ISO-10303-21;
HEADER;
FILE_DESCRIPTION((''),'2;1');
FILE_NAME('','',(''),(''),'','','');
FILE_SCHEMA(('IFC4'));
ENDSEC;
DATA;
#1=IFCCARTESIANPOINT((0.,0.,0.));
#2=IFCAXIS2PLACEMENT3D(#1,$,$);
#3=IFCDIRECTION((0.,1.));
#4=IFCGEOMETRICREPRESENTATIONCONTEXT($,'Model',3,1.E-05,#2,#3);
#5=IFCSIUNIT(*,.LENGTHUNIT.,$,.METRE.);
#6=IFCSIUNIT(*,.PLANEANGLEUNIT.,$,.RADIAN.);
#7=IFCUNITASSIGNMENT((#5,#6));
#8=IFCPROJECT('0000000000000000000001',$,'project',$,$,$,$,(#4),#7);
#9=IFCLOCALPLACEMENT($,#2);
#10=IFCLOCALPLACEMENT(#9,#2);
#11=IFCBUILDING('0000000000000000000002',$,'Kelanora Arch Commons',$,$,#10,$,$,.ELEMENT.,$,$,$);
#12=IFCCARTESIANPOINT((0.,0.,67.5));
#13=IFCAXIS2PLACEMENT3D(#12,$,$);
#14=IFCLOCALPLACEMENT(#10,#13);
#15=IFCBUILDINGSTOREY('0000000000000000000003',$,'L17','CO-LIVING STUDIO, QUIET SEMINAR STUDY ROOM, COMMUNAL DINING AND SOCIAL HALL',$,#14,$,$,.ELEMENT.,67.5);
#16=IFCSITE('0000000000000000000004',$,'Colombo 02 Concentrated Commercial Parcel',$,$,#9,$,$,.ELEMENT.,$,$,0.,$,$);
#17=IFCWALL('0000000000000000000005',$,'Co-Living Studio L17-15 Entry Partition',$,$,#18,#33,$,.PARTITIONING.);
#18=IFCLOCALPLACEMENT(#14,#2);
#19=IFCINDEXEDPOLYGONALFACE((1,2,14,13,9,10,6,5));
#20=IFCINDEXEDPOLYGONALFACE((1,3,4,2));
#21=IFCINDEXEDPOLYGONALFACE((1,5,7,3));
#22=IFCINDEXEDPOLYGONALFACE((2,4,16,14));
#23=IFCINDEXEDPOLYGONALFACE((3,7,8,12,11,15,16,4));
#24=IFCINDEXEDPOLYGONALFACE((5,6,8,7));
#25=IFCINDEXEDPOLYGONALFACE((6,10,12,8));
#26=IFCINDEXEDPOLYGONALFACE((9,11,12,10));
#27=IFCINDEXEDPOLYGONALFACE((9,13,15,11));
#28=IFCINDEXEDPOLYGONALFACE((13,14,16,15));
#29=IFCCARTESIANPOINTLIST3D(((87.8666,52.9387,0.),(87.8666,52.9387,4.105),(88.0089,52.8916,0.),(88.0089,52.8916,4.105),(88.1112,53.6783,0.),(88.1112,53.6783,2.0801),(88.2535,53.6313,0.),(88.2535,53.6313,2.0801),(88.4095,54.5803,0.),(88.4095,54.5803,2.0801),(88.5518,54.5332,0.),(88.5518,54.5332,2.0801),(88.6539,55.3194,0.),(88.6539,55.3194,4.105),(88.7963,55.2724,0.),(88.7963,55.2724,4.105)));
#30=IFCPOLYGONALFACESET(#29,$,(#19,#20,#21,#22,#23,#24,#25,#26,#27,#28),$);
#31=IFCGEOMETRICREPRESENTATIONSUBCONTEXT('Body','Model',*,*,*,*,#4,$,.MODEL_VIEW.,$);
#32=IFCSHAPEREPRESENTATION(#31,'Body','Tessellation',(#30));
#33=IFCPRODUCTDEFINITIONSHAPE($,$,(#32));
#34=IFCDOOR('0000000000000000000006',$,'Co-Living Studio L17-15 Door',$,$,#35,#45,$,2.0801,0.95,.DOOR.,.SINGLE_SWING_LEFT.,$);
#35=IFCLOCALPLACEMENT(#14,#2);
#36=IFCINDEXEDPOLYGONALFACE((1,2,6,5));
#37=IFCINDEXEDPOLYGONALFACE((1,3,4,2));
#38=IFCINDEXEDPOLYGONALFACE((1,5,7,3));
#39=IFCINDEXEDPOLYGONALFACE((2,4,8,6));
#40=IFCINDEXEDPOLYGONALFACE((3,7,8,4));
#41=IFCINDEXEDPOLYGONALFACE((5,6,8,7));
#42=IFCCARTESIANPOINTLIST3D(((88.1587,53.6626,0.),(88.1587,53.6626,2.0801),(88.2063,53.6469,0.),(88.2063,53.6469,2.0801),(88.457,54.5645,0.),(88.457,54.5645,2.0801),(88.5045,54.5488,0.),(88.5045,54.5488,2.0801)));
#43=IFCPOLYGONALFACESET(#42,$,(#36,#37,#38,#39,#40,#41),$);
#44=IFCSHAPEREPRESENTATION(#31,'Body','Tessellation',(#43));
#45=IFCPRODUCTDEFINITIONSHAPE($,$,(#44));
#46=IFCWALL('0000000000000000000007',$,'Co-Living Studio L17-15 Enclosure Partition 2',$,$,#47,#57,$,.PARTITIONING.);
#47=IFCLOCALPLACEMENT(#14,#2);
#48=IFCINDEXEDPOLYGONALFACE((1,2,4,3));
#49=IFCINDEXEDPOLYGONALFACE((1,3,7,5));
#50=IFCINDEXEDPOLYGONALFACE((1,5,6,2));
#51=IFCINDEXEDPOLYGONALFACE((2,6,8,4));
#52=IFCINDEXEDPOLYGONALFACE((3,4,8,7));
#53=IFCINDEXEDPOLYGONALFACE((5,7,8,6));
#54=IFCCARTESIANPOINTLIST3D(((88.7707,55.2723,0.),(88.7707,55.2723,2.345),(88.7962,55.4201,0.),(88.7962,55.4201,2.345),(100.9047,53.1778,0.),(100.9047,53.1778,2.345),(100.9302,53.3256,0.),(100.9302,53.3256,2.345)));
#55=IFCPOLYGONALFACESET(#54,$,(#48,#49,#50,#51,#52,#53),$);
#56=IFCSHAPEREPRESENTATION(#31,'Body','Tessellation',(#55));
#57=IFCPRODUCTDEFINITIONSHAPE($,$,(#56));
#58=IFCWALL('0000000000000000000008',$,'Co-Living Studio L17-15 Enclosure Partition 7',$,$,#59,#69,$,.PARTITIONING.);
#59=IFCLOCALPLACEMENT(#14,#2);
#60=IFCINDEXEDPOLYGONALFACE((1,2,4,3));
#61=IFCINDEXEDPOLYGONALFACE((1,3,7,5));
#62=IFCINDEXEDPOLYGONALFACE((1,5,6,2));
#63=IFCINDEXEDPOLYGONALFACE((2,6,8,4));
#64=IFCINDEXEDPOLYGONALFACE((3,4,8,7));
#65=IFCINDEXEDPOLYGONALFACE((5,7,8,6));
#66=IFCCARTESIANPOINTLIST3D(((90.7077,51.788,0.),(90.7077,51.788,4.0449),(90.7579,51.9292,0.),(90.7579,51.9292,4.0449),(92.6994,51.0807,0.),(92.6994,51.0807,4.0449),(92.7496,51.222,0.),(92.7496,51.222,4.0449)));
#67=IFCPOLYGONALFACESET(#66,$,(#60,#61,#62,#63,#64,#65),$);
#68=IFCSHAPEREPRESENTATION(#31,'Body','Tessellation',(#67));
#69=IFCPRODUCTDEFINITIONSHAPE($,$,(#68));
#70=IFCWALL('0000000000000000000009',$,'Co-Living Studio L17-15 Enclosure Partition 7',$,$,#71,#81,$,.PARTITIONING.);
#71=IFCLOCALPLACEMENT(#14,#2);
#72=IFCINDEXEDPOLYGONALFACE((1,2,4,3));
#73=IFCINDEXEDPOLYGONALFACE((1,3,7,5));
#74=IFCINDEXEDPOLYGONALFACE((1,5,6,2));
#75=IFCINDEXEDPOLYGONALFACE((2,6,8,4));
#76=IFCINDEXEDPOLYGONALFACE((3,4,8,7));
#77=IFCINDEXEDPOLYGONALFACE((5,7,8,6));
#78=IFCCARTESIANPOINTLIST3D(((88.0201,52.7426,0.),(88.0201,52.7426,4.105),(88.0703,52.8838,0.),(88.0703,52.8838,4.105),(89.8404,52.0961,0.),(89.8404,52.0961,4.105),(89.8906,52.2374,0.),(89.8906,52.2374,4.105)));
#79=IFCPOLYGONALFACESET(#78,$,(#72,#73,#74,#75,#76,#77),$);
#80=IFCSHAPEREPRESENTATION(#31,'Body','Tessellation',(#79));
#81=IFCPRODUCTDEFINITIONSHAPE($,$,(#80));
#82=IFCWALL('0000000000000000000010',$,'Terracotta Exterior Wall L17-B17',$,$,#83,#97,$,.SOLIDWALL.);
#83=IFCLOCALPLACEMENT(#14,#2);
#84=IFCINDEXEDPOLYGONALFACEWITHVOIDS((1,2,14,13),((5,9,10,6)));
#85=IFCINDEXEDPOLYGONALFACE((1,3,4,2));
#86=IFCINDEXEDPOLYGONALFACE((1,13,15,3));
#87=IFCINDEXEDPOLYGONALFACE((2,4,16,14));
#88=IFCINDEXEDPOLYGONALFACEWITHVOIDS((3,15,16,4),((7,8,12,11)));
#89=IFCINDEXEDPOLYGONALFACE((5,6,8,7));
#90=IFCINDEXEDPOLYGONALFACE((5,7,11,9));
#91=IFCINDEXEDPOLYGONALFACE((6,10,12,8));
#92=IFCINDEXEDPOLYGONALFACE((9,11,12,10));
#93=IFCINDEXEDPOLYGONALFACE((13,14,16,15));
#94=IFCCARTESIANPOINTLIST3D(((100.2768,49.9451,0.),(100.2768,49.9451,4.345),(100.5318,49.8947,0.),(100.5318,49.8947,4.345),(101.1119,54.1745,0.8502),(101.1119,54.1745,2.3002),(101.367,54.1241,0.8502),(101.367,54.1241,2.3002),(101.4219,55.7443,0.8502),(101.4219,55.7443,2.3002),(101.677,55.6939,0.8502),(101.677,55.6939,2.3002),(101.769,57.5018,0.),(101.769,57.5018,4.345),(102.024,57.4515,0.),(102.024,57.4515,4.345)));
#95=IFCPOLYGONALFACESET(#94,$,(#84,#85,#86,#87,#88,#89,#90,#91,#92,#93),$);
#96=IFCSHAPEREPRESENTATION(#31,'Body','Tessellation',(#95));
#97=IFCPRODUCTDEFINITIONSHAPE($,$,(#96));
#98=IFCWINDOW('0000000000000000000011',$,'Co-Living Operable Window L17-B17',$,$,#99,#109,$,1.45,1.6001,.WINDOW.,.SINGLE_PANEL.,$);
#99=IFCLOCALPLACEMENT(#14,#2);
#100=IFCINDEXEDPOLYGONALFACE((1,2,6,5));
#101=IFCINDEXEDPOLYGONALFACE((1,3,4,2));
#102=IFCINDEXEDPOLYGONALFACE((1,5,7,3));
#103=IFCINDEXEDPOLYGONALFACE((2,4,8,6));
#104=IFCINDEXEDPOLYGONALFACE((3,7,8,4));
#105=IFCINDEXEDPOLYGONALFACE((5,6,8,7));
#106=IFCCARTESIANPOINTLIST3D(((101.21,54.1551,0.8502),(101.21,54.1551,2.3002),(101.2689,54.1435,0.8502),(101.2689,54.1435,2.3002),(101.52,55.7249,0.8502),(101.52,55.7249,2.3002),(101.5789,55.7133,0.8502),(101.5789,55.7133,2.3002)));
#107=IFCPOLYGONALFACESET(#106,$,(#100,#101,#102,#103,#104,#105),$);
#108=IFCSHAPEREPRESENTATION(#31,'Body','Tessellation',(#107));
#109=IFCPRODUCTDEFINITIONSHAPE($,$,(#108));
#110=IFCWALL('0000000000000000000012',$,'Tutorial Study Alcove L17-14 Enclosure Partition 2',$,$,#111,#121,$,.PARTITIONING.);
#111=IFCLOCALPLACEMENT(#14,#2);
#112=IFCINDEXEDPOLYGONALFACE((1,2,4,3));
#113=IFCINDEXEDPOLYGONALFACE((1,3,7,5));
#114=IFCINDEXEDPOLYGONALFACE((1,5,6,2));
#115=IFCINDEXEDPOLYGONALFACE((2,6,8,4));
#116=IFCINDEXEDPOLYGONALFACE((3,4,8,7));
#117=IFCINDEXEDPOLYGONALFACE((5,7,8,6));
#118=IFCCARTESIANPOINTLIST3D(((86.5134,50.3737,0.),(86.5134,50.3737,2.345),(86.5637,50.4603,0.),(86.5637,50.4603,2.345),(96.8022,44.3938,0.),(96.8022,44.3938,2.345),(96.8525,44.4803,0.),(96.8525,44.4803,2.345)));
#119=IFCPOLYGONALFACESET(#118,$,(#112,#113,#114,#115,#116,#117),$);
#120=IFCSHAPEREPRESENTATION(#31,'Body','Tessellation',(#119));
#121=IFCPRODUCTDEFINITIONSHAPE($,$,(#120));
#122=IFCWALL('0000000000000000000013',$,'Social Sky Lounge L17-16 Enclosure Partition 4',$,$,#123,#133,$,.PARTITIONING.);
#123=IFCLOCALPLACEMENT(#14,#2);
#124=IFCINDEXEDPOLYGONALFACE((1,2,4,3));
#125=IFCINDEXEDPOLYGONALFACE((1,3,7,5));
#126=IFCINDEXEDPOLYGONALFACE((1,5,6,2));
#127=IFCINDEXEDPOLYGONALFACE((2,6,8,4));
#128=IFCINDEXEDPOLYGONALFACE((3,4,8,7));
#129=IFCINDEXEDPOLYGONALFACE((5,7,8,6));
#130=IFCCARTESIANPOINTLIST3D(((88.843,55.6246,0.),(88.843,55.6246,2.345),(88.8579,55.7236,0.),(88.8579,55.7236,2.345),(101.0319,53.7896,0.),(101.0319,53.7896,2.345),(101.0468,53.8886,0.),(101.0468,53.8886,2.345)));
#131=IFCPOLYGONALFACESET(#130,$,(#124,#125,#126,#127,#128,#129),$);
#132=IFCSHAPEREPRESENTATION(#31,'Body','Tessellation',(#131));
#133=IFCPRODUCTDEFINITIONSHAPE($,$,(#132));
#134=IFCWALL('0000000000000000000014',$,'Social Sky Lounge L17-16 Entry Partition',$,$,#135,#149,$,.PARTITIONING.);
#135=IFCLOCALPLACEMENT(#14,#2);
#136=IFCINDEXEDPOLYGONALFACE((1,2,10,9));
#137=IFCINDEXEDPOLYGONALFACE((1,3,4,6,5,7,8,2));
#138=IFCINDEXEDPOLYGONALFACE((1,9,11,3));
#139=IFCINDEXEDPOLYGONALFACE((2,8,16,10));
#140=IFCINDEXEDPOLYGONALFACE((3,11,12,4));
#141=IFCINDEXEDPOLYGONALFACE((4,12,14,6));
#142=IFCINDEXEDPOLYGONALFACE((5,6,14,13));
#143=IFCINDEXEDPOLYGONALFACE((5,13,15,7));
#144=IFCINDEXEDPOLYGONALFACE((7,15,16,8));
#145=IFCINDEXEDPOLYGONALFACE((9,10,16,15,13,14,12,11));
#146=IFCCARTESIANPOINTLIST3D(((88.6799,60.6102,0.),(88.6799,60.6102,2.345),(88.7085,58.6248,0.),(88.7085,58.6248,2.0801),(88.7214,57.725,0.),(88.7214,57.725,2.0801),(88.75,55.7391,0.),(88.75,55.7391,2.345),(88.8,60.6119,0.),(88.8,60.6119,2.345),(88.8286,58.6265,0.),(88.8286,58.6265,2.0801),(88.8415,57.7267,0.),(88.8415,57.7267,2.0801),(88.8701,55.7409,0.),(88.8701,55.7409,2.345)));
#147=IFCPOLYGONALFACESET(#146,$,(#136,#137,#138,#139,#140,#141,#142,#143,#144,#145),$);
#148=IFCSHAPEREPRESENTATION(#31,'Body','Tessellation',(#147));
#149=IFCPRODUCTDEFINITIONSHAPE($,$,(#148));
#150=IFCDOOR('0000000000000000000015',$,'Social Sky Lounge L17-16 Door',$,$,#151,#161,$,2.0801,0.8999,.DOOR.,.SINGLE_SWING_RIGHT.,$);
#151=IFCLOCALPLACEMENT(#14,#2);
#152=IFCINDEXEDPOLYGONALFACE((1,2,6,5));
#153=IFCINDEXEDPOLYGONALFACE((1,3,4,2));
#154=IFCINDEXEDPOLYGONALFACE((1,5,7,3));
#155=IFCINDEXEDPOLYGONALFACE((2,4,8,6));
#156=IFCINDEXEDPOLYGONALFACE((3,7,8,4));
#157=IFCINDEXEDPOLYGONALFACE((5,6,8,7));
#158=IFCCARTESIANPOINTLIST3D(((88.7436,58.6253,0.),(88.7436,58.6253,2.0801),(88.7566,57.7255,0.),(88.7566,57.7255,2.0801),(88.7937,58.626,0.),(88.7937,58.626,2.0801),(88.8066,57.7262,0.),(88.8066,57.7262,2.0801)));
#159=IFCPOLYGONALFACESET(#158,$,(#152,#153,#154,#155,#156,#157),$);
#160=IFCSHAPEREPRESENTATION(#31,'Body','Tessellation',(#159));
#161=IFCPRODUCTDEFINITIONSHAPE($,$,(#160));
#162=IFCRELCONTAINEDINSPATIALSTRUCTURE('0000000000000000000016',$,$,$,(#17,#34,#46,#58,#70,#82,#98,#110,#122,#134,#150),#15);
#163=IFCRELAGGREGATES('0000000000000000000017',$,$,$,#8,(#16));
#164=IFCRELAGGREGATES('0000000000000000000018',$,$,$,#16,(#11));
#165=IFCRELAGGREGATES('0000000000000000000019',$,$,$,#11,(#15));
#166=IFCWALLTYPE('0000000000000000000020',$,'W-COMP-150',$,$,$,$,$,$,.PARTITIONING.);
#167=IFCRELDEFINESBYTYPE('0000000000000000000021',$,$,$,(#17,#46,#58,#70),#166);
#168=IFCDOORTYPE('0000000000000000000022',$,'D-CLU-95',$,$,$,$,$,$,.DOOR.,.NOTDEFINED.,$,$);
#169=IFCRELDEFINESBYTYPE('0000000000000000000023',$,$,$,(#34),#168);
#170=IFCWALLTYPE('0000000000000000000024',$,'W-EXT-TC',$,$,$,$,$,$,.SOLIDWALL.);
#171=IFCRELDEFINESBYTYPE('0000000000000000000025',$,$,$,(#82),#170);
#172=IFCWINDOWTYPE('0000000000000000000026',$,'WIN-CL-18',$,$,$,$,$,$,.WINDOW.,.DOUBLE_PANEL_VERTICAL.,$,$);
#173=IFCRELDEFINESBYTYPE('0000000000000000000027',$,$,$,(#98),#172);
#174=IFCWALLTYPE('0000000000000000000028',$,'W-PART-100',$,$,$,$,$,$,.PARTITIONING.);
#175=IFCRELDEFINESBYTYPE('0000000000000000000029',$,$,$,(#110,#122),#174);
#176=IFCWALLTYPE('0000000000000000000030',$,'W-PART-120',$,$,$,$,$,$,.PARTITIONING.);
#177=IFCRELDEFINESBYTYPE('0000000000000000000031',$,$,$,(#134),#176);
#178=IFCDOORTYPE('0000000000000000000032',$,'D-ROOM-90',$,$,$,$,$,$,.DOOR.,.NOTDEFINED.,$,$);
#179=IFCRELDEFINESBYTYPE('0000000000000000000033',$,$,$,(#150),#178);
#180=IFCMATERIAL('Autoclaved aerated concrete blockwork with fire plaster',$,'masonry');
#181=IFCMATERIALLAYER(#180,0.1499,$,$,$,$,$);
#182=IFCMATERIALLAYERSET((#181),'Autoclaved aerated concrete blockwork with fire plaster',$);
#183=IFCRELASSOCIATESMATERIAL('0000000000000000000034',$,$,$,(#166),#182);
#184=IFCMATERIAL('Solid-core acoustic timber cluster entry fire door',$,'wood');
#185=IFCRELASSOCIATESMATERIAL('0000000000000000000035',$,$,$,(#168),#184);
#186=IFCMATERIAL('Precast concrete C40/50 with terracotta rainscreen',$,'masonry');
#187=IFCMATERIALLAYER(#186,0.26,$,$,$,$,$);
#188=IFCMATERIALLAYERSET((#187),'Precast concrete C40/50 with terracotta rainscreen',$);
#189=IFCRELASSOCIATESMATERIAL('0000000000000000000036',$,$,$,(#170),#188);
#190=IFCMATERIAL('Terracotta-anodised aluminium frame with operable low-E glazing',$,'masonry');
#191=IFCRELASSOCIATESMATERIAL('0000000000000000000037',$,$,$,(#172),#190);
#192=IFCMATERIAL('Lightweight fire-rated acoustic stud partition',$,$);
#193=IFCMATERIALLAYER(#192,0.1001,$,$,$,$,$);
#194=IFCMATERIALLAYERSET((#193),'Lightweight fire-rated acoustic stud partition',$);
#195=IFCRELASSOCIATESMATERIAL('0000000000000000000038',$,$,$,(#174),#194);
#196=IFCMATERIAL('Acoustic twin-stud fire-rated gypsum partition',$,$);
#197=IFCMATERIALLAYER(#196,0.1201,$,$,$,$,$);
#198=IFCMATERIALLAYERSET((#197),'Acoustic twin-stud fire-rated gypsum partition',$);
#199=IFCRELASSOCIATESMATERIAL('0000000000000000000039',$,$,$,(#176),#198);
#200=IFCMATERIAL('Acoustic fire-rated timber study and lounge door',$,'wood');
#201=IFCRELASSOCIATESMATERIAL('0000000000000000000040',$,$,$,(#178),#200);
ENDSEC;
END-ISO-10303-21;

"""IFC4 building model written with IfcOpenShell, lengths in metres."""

from ifc_helpers import new_model, si_unit, direction, frame, frame_2d, origin, place, context, subcontext, project, spatial, rectangle, extrude, material, layer, layer_set, type_object, element, fill, save


model = new_model("IFC4")

# Units and contexts
model_context = context("Model", 3, precision=1e-05, world=origin(), true_north=direction((0.0, 1.0)))
body_context = subcontext(model_context, "Body", "Model", "MODEL_VIEW")
ifc_project = project(units=[si_unit("LENGTHUNIT", "METRE"), si_unit("PLANEANGLEUNIT", "RADIAN")], contexts=[model_context])

# Site, building, storey
site_placement = place(None, origin())
site = spatial("IfcSite", under=ifc_project, at=site_placement, Name="Colombo 02 Concentrated Commercial Parcel", CompositionType="ELEMENT", RefElevation=0.0)
building_placement = place(site_placement, origin())
building = spatial("IfcBuilding", under=site, at=building_placement, Name="Kelanora Arch Commons", CompositionType="ELEMENT")
storey_placement = place(building_placement, frame((0.0, 0.0, 67.5)))
storey = spatial("IfcBuildingStorey", under=building, at=storey_placement, Name="L17", Description="CO-LIVING STUDIO, QUIET SEMINAR STUDY ROOM, COMMUNAL DINING AND SOCIAL HALL", CompositionType="ELEMENT", Elevation=67.5)

# Wall, opening, door
ifc_material_1 = material(Name="Autoclaved aerated concrete blockwork with fire plaster", Category="masonry")
ifc_layer_1 = layer(ifc_material_1, 0.1499)
ifc_layer_set_1 = layer_set([ifc_layer_1], Name="Autoclaved aerated concrete blockwork with fire plaster")
wall_type_1 = type_object("IfcWallType", Name="W-COMP-150", PredefinedType="PARTITIONING", material=ifc_layer_set_1)
wall_1_placement = place(storey_placement, frame((87.9377, 52.915, 0.0), z_axis=(0.0, 0.0, 1.0), x_axis=(0.313978, 0.94943, 0.0)))
wall_1 = element("IfcWall", 1, at=wall_1_placement, inside=storey, type_object=wall_type_1, Name="Co-Living Studio L17-15 Entry Partition", PredefinedType="PARTITIONING", context=body_context, shape_type="SweptSolid", body=[
    extrude(rectangle(XDim=2.5076, YDim=0.1499, at=frame_2d((1.2539, 0.0))), origin(), (0.0, 0.0, 1.0), 4.105),
])
opening_1_placement = place(wall_1_placement, frame((0.7791, 0.0, 0.0)))
opening_1 = element("IfcOpeningElement", 2, at=opening_1_placement, cuts=wall_1, PredefinedType="OPENING", context=body_context, shape_type="SweptSolid", body=[
    extrude(rectangle(XDim=0.95, YDim=2.0801, at=frame_2d((0.4751, 1.04))), frame((0.0, 0.085, 0.0), z_axis=(0.0, -1.0, 0.0), x_axis=(1.0, 0.0, 0.0)), (0.0, 0.0, 1.0), 0.1699),
])
ifc_material_2 = material(Name="Solid-core acoustic timber cluster entry fire door", Category="wood")
door_type_1 = type_object("IfcDoorType", Name="D-CLU-95", OperationType="NOTDEFINED", PredefinedType="DOOR", material=ifc_material_2)
door_1_placement = place(opening_1_placement, origin())
door_1 = element("IfcDoor", 3, at=door_1_placement, inside=storey, type_object=door_type_1, Name="Co-Living Studio L17-15 Door", OperationType="SINGLE_SWING_LEFT", OverallHeight=2.0801, OverallWidth=0.95, PredefinedType="DOOR", context=body_context, shape_type="SweptSolid", body=[
    extrude(rectangle(XDim=0.95, YDim=2.0801, at=frame_2d((0.4751, 1.04))), frame((0.0, 0.0249, 0.0), z_axis=(0.0, -1.0, 0.0), x_axis=(1.0, 0.0, 0.0)), (0.0, 0.0, 1.0), 0.05),
])
fill(opening_1, door_1)

# Walls
wall_2_placement = place(storey_placement, frame((88.7834, 55.3462, 0.0), z_axis=(0.0, 0.0, 1.0), x_axis=(0.985427, -0.170097, 0.0)))
element("IfcWall", 4, at=wall_2_placement, inside=storey, type_object=wall_type_1, Name="Co-Living Studio L17-15 Enclosure Partition 2", PredefinedType="PARTITIONING", context=body_context, shape_type="SweptSolid", body=[
    extrude(rectangle(XDim=12.3135, YDim=0.1499, at=frame_2d((6.1567, 0.0))), origin(), (0.0, 0.0, 1.0), 2.345),
])
wall_3_placement = place(storey_placement, frame((92.7244, 51.1514, 0.0), z_axis=(0.0, 0.0, 1.0), x_axis=(-0.942347, 0.334638, 0.0)))
element("IfcWall", 5, at=wall_3_placement, inside=storey, type_object=wall_type_1, Name="Co-Living Studio L17-15 Enclosure Partition 7", PredefinedType="PARTITIONING", context=body_context, shape_type="SweptSolid", body=[
    extrude(rectangle(XDim=2.1135, YDim=0.1499, at=frame_2d((1.0566, 0.0))), origin(), (0.0, 0.0, 1.0), 4.0449),
])
wall_4_placement = place(storey_placement, frame((89.8655, 52.1667, 0.0), z_axis=(0.0, 0.0, 1.0), x_axis=(-0.942335, 0.334671, 0.0)))
element("IfcWall", 6, at=wall_4_placement, inside=storey, type_object=wall_type_1, Name="Co-Living Studio L17-15 Enclosure Partition 7", PredefinedType="PARTITIONING", context=body_context, shape_type="SweptSolid", body=[
    extrude(rectangle(XDim=1.9316, YDim=0.1499, at=frame_2d((0.9658, 0.0))), origin(), (0.0, 0.0, 1.0), 4.105),
])

# Wall, opening, window
ifc_material_3 = material(Name="Precast concrete C40/50 with terracotta rainscreen", Category="masonry")
ifc_layer_2 = layer(ifc_material_3, 0.26)
ifc_layer_set_2 = layer_set([ifc_layer_2], Name="Precast concrete C40/50 with terracotta rainscreen")
wall_type_2 = type_object("IfcWallType", Name="W-EXT-TC", PredefinedType="SOLIDWALL", material=ifc_layer_set_2)
wall_5_placement = place(storey_placement, frame((100.4043, 49.9199, 0.0), z_axis=(0.0, 0.0, 1.0), x_axis=(0.193726, 0.981056, 0.0)))
wall_5 = element("IfcWall", 7, at=wall_5_placement, inside=storey, type_object=wall_type_2, Name="Terracotta Exterior Wall L17-B17", PredefinedType="SOLIDWALL", context=body_context, shape_type="SweptSolid", body=[
    extrude(rectangle(XDim=7.7026, YDim=0.26, at=frame_2d((3.8513, 0.0))), origin(), (0.0, 0.0, 1.0), 4.345),
])
opening_2_placement = place(wall_5_placement, frame((4.311, 0.0, 0.8501)))
opening_2 = element("IfcOpeningElement", 8, at=opening_2_placement, cuts=wall_5, PredefinedType="OPENING", context=body_context, shape_type="SweptSolid", body=[
    extrude(rectangle(XDim=1.6001, YDim=1.45, at=frame_2d((0.8, 0.7251))), frame((0.0, 0.1401, 0.0), z_axis=(0.0, -1.0, 0.0), x_axis=(1.0, 0.0, 0.0)), (0.0, 0.0, 1.0), 0.28),
])
ifc_material_4 = material(Name="Terracotta-anodised aluminium frame with operable low-E glazing", Category="masonry")
window_type = type_object("IfcWindowType", Name="WIN-CL-18", PartitioningType="DOUBLE_PANEL_VERTICAL", PredefinedType="WINDOW", material=ifc_material_4)
window_placement = place(opening_2_placement, origin())
window = element("IfcWindow", 9, at=window_placement, inside=storey, type_object=window_type, Name="Co-Living Operable Window L17-B17", OverallHeight=1.45, OverallWidth=1.6001, PartitioningType="SINGLE_PANEL", PredefinedType="WINDOW", context=body_context, shape_type="SweptSolid", body=[
    extrude(rectangle(XDim=1.6001, YDim=1.45, at=frame_2d((0.8, 0.7251))), frame((0.0, 0.03, 0.0), z_axis=(0.0, -1.0, 0.0), x_axis=(1.0, 0.0, 0.0)), (0.0, 0.0, 1.0), 0.0601),
])
fill(opening_2, window)

# Walls
ifc_material_5 = material(Name="Lightweight fire-rated acoustic stud partition")
ifc_layer_3 = layer(ifc_material_5, 0.1001)
ifc_layer_set_3 = layer_set([ifc_layer_3], Name="Lightweight fire-rated acoustic stud partition")
wall_type_3 = type_object("IfcWallType", Name="W-PART-100", PredefinedType="PARTITIONING", material=ifc_layer_set_3)
wall_6_placement = place(storey_placement, frame((86.5386, 50.417, 0.0), z_axis=(0.0, 0.0, 1.0), x_axis=(0.864576, -0.502502, 0.0)))
element("IfcWall", 10, at=wall_6_placement, inside=storey, type_object=wall_type_3, Name="Tutorial Study Alcove L17-14 Enclosure Partition 2", PredefinedType="PARTITIONING", context=body_context, shape_type="SweptSolid", body=[
    extrude(rectangle(XDim=11.9004, YDim=0.1001, at=frame_2d((5.9502, 0.0))), origin(), (0.0, 0.0, 1.0), 2.345),
])
wall_7_placement = place(storey_placement, frame((101.0393, 53.8391, 0.0), z_axis=(0.0, 0.0, 1.0), x_axis=(-0.988857, 0.148868, 0.0)))
element("IfcWall", 11, at=wall_7_placement, inside=storey, type_object=wall_type_3, Name="Social Sky Lounge L17-16 Enclosure Partition 4", PredefinedType="PARTITIONING", context=body_context, shape_type="SweptSolid", body=[
    extrude(rectangle(XDim=12.3262, YDim=0.1001, at=frame_2d((6.1631, 0.0))), origin(), (0.0, 0.0, 1.0), 2.345),
])

# Wall, opening, door
ifc_material_6 = material(Name="Acoustic twin-stud fire-rated gypsum partition")
ifc_layer_4 = layer(ifc_material_6, 0.1201)
ifc_layer_set_4 = layer_set([ifc_layer_4], Name="Acoustic twin-stud fire-rated gypsum partition")
wall_type_4 = type_object("IfcWallType", Name="W-PART-120", PredefinedType="PARTITIONING", material=ifc_layer_set_4)
wall_8_placement = place(storey_placement, frame((88.8101, 55.74, 0.0), z_axis=(0.0, 0.0, 1.0), x_axis=(-0.014383, 0.999897, 0.0)))
wall_8 = element("IfcWall", 12, at=wall_8_placement, inside=storey, type_object=wall_type_4, Name="Social Sky Lounge L17-16 Entry Partition", PredefinedType="PARTITIONING", context=body_context, shape_type="SweptSolid", body=[
    extrude(rectangle(XDim=4.8716, YDim=0.1201, at=frame_2d((2.4358, 0.0))), origin(), (0.0, 0.0, 1.0), 2.345),
])
opening_3_placement = place(wall_8_placement, frame((1.9861, 0.0, 0.0)))
opening_3 = element("IfcOpeningElement", 13, at=opening_3_placement, cuts=wall_8, PredefinedType="OPENING", context=body_context, shape_type="SweptSolid", body=[
    extrude(rectangle(XDim=0.8999, YDim=2.0801, at=frame_2d((0.45, 1.04))), frame((0.0, 0.0701, 0.0), z_axis=(0.0, -1.0, 0.0), x_axis=(1.0, 0.0, 0.0)), (0.0, 0.0, 1.0), 0.1401),
])
ifc_material_7 = material(Name="Acoustic fire-rated timber study and lounge door", Category="wood")
door_type_2 = type_object("IfcDoorType", Name="D-ROOM-90", OperationType="NOTDEFINED", PredefinedType="DOOR", material=ifc_material_7)
door_2_placement = place(opening_3_placement, origin())
door_2 = element("IfcDoor", 14, at=door_2_placement, inside=storey, type_object=door_type_2, Name="Social Sky Lounge L17-16 Door", OperationType="SINGLE_SWING_RIGHT", OverallHeight=2.0801, OverallWidth=0.8999, PredefinedType="DOOR", context=body_context, shape_type="SweptSolid", body=[
    extrude(rectangle(XDim=0.8999, YDim=2.0801, at=frame_2d((0.45, 1.04))), frame((0.0, 0.0249, 0.0), z_axis=(0.0, -1.0, 0.0), x_axis=(1.0, 0.0, 0.0)), (0.0, 0.0, 1.0), 0.05),
])
fill(opening_3, door_2)

save(model, "model.ifc")
